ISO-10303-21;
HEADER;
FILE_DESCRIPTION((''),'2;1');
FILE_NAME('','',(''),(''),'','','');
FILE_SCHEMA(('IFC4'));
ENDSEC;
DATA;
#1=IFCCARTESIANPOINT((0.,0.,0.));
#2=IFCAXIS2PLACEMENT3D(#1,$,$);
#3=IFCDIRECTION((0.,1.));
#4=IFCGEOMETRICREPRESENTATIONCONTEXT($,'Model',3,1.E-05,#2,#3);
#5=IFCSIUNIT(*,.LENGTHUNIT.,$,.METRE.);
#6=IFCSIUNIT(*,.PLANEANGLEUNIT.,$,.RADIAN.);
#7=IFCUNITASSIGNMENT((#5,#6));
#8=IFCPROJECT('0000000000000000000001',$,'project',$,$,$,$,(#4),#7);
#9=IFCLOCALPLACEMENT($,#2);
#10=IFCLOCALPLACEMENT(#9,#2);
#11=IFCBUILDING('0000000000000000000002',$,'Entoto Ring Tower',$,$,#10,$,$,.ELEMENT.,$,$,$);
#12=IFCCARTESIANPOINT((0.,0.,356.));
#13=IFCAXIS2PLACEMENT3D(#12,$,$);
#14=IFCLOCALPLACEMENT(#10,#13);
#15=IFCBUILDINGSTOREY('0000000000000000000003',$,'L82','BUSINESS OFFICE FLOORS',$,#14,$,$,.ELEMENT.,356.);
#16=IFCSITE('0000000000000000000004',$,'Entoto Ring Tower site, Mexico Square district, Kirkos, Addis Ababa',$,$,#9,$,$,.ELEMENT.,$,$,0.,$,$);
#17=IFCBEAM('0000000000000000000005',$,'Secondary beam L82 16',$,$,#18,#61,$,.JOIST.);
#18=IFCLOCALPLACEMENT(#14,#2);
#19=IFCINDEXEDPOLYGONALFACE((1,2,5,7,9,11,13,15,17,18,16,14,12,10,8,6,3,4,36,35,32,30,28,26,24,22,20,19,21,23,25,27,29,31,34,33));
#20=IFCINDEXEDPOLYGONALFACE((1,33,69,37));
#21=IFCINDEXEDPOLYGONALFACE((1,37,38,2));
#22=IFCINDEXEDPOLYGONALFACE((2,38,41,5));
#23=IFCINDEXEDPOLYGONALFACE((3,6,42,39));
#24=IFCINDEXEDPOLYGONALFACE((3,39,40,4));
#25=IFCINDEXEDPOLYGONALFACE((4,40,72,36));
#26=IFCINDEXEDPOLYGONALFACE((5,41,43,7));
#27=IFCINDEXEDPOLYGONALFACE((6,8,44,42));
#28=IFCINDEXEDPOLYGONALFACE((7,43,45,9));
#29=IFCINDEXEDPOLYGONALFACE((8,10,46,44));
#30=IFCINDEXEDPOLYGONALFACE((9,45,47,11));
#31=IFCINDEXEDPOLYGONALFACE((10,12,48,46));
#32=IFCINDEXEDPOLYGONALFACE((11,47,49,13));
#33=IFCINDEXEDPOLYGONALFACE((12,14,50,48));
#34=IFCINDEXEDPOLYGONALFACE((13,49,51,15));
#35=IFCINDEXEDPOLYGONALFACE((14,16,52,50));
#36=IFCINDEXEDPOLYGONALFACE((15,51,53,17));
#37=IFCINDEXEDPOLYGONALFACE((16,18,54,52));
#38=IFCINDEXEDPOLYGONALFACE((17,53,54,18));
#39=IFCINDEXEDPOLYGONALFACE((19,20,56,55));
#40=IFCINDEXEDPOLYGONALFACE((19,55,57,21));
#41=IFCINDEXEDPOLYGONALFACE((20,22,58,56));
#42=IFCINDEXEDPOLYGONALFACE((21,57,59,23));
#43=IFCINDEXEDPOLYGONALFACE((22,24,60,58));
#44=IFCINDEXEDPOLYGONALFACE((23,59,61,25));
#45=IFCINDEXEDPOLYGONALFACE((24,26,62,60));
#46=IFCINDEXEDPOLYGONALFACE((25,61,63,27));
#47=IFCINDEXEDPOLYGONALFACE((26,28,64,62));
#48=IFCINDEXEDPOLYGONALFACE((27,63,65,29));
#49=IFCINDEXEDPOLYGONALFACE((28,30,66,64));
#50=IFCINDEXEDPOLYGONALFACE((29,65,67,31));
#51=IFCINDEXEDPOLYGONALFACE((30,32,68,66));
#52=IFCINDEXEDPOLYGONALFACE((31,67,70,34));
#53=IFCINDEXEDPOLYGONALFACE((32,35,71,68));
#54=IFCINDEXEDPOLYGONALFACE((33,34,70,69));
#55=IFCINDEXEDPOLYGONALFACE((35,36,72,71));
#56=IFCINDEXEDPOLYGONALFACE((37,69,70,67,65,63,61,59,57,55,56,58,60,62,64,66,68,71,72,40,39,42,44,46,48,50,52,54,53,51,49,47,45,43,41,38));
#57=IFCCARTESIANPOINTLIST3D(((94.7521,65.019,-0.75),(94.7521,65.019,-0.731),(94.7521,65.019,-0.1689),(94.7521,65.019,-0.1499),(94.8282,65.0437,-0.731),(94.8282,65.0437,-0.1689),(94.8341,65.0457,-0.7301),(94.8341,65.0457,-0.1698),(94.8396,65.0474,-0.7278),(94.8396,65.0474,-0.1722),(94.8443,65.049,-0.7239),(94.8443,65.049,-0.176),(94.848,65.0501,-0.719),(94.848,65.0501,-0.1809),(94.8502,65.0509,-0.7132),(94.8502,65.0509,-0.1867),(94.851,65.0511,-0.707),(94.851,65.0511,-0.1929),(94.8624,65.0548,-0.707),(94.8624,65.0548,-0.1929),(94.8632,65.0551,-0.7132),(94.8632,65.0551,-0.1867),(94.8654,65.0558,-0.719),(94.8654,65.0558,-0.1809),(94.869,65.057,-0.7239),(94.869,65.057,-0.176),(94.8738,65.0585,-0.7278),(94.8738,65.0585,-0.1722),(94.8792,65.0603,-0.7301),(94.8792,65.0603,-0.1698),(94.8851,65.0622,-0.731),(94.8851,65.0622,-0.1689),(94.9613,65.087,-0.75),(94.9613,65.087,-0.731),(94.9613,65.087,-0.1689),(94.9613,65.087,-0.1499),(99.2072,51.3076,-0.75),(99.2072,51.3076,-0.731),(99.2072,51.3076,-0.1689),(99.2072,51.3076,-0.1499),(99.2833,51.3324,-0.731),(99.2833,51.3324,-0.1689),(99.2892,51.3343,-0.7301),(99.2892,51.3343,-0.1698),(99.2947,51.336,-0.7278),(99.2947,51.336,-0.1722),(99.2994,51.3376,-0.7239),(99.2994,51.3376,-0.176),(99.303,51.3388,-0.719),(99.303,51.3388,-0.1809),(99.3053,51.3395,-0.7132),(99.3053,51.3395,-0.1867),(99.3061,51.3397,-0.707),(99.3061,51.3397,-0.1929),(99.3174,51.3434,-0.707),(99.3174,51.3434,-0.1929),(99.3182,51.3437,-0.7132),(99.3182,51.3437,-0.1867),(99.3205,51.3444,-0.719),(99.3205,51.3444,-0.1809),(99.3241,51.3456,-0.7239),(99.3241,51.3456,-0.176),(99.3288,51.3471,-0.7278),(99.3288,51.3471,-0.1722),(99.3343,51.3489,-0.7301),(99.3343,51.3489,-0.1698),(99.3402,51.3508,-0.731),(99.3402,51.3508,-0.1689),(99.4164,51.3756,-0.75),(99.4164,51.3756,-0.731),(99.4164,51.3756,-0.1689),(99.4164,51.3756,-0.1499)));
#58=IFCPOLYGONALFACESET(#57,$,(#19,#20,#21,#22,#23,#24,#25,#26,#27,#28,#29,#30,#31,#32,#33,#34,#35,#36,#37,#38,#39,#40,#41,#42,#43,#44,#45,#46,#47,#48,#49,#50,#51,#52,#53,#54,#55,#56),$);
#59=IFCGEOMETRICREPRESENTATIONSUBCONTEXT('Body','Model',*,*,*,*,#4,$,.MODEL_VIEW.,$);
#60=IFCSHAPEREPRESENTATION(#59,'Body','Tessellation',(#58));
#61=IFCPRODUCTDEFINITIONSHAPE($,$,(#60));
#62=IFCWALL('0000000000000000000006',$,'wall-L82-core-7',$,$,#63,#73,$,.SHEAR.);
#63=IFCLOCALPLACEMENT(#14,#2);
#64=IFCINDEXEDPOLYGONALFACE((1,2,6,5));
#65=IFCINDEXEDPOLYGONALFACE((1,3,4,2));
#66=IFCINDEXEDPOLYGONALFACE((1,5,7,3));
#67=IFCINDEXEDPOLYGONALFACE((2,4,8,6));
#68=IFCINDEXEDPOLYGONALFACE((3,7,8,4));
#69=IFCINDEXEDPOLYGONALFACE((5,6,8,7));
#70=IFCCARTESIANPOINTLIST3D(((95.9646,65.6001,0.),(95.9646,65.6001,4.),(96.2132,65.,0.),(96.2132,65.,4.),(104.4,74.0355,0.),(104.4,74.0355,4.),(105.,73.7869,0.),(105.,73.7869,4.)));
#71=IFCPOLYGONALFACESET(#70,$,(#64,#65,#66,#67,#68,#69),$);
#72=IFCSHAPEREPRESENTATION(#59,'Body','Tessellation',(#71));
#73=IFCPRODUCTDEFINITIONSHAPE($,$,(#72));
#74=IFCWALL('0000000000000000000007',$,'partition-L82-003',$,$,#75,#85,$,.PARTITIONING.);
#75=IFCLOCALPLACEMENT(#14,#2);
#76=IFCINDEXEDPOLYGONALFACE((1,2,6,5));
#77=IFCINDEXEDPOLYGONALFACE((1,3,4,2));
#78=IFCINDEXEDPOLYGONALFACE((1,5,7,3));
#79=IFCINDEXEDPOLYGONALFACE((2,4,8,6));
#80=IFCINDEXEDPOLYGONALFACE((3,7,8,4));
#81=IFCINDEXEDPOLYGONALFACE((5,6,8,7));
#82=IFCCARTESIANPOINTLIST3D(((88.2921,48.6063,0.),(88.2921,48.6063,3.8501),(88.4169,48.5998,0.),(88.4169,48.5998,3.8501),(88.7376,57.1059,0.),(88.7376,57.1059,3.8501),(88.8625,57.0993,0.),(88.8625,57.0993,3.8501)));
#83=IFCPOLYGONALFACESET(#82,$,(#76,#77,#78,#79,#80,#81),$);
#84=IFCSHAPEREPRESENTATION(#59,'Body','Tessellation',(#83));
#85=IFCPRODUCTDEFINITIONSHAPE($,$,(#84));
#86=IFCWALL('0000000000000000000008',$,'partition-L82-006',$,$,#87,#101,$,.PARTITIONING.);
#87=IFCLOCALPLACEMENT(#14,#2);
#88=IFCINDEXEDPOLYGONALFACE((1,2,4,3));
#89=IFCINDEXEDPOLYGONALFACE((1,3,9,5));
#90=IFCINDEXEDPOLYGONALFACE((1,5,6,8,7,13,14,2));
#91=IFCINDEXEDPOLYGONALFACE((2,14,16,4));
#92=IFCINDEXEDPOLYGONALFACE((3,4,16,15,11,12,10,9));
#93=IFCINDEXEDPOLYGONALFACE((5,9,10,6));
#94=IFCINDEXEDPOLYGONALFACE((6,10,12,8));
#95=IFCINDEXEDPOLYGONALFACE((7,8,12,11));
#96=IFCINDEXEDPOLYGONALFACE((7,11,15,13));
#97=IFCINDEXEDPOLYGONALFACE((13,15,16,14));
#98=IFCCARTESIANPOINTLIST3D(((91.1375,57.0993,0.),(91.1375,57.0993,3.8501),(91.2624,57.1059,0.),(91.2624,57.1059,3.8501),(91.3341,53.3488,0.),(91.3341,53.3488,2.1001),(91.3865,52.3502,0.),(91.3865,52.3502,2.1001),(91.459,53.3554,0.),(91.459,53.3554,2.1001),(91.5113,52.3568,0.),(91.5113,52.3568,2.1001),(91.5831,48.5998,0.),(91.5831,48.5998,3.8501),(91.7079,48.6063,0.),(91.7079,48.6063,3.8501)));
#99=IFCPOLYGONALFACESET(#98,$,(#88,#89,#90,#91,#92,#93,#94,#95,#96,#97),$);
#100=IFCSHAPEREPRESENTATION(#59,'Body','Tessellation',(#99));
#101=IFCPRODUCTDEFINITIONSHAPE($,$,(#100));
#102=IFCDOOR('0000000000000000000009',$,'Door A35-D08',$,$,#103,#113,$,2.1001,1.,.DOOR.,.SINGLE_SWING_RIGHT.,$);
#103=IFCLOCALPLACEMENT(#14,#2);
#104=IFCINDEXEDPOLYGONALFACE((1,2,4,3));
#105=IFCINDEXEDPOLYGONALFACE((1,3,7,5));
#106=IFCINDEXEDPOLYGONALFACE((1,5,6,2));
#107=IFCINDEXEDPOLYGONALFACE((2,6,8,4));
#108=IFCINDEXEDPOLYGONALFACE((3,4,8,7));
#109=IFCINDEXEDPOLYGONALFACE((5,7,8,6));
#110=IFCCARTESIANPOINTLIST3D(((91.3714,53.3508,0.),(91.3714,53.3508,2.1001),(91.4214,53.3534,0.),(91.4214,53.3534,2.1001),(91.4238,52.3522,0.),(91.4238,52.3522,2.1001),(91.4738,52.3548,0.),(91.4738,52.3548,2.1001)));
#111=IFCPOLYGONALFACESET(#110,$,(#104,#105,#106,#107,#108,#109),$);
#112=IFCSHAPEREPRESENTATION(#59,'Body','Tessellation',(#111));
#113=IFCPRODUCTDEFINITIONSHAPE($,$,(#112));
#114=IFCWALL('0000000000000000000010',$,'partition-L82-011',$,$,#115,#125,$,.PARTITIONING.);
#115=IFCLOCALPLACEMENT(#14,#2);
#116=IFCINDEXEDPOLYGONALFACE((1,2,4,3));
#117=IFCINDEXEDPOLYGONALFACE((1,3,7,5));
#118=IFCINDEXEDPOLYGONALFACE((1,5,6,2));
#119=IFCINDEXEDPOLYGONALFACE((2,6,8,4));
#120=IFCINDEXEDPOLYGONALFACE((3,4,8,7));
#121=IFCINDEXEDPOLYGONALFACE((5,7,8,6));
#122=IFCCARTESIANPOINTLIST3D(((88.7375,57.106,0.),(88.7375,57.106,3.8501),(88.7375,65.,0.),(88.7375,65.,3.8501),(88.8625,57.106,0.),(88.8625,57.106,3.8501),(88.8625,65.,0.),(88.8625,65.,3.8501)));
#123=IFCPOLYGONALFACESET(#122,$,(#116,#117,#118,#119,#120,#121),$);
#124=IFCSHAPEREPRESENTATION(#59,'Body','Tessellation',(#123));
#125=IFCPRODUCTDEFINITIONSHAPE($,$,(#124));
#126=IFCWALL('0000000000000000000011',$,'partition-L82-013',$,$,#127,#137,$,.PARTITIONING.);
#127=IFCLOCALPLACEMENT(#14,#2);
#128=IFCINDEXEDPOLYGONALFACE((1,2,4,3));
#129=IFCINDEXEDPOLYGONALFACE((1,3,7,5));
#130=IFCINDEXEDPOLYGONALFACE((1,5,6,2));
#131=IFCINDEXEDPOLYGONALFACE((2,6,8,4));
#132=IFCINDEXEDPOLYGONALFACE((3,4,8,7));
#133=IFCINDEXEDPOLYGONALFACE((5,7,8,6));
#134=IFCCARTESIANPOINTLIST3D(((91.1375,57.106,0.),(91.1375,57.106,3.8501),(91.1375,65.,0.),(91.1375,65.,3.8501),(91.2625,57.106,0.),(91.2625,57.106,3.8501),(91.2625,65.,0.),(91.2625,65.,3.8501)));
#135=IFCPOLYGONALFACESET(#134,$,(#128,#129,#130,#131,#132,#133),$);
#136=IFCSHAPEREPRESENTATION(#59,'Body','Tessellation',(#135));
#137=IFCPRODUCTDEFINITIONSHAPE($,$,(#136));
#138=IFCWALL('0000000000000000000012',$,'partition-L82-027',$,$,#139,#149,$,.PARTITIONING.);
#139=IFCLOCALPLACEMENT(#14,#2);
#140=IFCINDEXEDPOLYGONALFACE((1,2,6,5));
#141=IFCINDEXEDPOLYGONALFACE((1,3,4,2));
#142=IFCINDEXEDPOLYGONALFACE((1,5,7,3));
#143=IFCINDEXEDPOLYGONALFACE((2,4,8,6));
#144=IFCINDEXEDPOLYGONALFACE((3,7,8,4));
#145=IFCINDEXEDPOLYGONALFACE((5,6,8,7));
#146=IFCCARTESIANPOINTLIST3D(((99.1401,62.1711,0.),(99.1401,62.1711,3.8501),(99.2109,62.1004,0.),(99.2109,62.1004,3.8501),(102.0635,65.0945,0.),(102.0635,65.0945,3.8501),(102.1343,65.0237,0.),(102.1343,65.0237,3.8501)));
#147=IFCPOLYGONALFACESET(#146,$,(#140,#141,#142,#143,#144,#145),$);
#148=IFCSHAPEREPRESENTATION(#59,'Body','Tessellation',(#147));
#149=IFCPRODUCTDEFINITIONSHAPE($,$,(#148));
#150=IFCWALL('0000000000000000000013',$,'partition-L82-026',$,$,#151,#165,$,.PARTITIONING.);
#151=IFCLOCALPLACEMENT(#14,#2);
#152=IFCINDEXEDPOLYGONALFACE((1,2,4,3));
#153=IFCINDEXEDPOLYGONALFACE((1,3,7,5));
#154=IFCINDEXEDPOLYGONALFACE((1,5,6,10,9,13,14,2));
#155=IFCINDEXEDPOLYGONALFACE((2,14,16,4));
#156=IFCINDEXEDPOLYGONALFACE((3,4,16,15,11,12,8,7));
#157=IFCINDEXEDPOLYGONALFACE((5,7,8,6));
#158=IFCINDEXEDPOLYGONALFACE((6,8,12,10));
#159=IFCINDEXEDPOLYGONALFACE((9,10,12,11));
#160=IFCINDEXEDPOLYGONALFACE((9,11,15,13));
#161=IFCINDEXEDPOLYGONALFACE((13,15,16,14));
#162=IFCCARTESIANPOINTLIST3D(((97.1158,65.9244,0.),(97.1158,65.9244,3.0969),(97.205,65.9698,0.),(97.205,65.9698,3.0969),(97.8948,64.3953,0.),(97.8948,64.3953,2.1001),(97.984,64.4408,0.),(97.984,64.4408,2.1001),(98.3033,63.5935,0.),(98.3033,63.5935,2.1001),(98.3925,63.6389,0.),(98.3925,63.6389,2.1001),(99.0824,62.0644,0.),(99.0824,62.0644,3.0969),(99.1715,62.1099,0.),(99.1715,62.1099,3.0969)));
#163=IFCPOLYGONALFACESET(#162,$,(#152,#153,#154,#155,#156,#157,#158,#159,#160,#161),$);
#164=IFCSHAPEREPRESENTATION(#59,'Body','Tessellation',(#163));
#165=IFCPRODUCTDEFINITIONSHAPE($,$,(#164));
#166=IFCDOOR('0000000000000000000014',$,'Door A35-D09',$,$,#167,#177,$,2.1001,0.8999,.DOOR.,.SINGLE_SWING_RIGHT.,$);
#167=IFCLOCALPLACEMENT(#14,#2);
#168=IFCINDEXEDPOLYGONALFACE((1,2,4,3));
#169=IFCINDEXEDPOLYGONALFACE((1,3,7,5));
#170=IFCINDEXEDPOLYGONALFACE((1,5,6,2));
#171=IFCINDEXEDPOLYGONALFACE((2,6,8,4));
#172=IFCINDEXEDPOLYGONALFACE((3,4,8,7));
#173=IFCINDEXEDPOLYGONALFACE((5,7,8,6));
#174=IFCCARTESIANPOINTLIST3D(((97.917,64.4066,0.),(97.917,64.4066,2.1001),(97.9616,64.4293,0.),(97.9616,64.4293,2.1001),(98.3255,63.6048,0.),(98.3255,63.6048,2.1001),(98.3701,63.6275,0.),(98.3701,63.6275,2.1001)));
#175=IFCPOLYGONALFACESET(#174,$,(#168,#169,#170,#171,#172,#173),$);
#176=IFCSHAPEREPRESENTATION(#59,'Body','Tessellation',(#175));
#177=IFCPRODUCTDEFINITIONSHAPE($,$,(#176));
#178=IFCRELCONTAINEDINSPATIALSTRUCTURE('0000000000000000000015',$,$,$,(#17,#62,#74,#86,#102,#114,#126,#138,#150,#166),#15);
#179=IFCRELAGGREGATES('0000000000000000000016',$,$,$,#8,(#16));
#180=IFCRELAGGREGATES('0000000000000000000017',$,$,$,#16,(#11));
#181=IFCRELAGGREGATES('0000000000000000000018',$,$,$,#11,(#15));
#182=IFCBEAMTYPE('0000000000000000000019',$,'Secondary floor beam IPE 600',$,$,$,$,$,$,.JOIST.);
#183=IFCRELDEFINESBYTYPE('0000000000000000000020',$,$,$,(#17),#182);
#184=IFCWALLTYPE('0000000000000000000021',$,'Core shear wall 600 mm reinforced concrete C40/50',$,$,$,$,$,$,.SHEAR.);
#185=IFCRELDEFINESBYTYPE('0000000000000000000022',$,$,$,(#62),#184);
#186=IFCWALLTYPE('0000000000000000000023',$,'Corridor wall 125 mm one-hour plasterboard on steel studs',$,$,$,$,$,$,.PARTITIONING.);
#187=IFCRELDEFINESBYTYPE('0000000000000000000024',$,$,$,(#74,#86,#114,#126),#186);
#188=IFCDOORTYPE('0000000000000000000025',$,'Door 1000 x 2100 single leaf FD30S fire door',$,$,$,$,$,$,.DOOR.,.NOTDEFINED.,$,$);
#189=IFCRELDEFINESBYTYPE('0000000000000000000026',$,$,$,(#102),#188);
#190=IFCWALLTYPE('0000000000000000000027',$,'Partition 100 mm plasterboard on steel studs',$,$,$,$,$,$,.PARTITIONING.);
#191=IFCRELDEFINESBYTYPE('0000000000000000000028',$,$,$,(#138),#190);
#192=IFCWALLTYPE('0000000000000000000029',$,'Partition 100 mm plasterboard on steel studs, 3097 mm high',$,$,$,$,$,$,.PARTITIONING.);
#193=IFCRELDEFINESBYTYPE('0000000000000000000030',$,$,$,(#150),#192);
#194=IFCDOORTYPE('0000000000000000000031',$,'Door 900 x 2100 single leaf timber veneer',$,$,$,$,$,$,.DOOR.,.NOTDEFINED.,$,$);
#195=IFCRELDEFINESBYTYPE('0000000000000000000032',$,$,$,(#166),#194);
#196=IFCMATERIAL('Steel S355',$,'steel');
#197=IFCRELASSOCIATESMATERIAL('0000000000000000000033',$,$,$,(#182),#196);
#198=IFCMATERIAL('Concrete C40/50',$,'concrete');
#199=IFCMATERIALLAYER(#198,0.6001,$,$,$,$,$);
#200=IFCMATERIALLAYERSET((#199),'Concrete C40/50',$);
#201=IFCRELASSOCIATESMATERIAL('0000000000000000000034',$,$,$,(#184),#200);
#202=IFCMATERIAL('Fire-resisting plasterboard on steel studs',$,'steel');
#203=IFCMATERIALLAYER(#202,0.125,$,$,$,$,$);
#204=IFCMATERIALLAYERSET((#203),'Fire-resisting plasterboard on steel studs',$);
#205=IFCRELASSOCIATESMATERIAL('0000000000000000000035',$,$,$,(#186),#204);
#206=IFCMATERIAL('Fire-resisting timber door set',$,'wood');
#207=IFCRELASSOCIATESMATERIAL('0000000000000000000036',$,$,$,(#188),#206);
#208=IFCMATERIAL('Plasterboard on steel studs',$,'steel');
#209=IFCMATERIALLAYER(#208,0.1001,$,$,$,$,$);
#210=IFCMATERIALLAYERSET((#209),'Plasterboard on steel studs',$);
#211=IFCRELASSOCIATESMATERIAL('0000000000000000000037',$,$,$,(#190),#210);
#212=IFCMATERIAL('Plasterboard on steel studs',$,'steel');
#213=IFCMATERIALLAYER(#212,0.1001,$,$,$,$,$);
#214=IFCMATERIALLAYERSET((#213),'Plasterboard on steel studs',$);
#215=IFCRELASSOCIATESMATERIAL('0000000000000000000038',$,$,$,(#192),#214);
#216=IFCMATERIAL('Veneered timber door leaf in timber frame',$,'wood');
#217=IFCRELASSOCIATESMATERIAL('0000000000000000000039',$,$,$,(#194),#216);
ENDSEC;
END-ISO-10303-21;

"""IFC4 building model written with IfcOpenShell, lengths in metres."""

from ifc_helpers import new_model, si_unit, direction, frame, frame_2d, origin, origin_2d, place, context, subcontext, project, spatial, polyline, rectangle, i_section, outline, extrude, material, layer, layer_set, material_profile, profile_set, type_object, element, fill, save


model = new_model("IFC4")

# Units and contexts
model_context = context("Model", 3, precision=1e-05, world=origin(), true_north=direction((0.0, 1.0)))
body_context = subcontext(model_context, "Body", "Model", "MODEL_VIEW")
ifc_project = project(units=[si_unit("LENGTHUNIT", "METRE"), si_unit("PLANEANGLEUNIT", "RADIAN")], contexts=[model_context])

# Site, building, storey
site_placement = place(None, origin())
site = spatial("IfcSite", under=ifc_project, at=site_placement, Name="Entoto Ring Tower site, Mexico Square district, Kirkos, Addis Ababa", CompositionType="ELEMENT", RefElevation=0.0)
building_placement = place(site_placement, origin())
building = spatial("IfcBuilding", under=site, at=building_placement, Name="Entoto Ring Tower", CompositionType="ELEMENT")
storey_placement = place(building_placement, frame((0.0, 0.0, 356.0)))
storey = spatial("IfcBuildingStorey", under=building, at=storey_placement, Name="L82", Description="BUSINESS OFFICE FLOORS", CompositionType="ELEMENT", Elevation=356.0)

# Beam
ifc_material_1 = material(Name="Steel S355", Category="steel")
ifc_material_profile_1 = material_profile(ifc_material_1, i_section(OverallWidth=0.22, OverallDepth=0.6001, WebThickness=0.012, FlangeThickness=0.019, FilletRadius=0.0239, at=origin_2d()), Name="IPE 600")
ifc_profile_set_1 = profile_set([ifc_material_profile_1], Name="Steel S355")
beam_type_1 = type_object("IfcBeamType", Name="Secondary floor beam IPE 600", PredefinedType="JOIST", material=ifc_profile_set_1)
beam_1_placement = place(storey_placement, frame((94.8567, 65.053, -0.45), z_axis=(0.309015, -0.951057, 0.0), x_axis=(0.951057, 0.309015, 0.0)))
element("IfcBeam", 1, at=beam_1_placement, inside=storey, type_object=beam_type_1, Name="Secondary beam L82 16", PredefinedType="JOIST", context=body_context, shape_type="SweptSolid", body=[
    extrude(i_section(OverallWidth=0.22, OverallDepth=0.6001, WebThickness=0.012, FlangeThickness=0.019, FilletRadius=0.0239, at=origin_2d()), origin(), (0.0, 0.0, 1.0), 14.417),
])

# Walls
ifc_material_2 = material(Name="Concrete C40/50", Category="concrete")
ifc_layer_1 = layer(ifc_material_2, 0.6001)
ifc_layer_set_1 = layer_set([ifc_layer_1], Name="Concrete C40/50")
wall_type_1 = type_object("IfcWallType", Name="Core shear wall 600 mm reinforced concrete C40/50", PredefinedType="SHEAR", material=ifc_layer_set_1)
wall_1_placement = place(storey_placement, frame((96.0889, 65.3, 0.0), z_axis=(0.0, 0.0, 1.0), x_axis=(0.707107, 0.707107, 0.0)))
element("IfcWall", 2, at=wall_1_placement, inside=storey, type_object=wall_type_1, Name="wall-L82-core-7", PredefinedType="SHEAR", context=body_context, shape_type="SweptSolid", body=[
    extrude(outline(polyline([(-0.1243, -0.3), (12.3022, -0.3), (12.0537, 0.3), (0.1243, 0.3), (-0.1243, -0.3)])), origin(), (0.0, 0.0, 1.0), 4.0),
])
ifc_material_3 = material(Name="Fire-resisting plasterboard on steel studs", Category="steel")
ifc_layer_2 = layer(ifc_material_3, 0.125)
ifc_layer_set_2 = layer_set([ifc_layer_2], Name="Fire-resisting plasterboard on steel studs")
wall_type_2 = type_object("IfcWallType", Name="Corridor wall 125 mm one-hour plasterboard on steel studs", PredefinedType="PARTITIONING", material=ifc_layer_set_2)
wall_2_placement = place(storey_placement, frame((88.3545, 48.603, 0.0), z_axis=(0.0, 0.0, 1.0), x_axis=(0.05235, 0.998629, 0.0)))
element("IfcWall", 3, at=wall_2_placement, inside=storey, type_object=wall_type_2, Name="partition-L82-003", PredefinedType="PARTITIONING", context=body_context, shape_type="SweptSolid", body=[
    extrude(rectangle(XDim=8.5112, YDim=0.125, at=frame_2d((4.2556, 0.0))), origin(), (0.0, 0.0, 1.0), 3.8501),
])

# Wall, opening, door
wall_3_placement = place(storey_placement, frame((91.6455, 48.603, 0.0), z_axis=(0.0, 0.0, 1.0), x_axis=(-0.05235, 0.998629, 0.0)))
wall_3 = element("IfcWall", 4, at=wall_3_placement, inside=storey, type_object=wall_type_2, Name="partition-L82-006", PredefinedType="PARTITIONING", context=body_context, shape_type="SweptSolid", body=[
    extrude(rectangle(XDim=8.5112, YDim=0.125, at=frame_2d((4.2556, 0.0))), origin(), (0.0, 0.0, 1.0), 3.8501),
])
opening_1_placement = place(wall_3_placement, frame((3.7556, 0.0, 0.0)))
opening_1 = element("IfcOpeningElement", 5, at=opening_1_placement, cuts=wall_3, PredefinedType="OPENING", context=body_context, shape_type="SweptSolid", body=[
    extrude(rectangle(XDim=1.0, YDim=2.1001, at=frame_2d((0.5, 1.05))), frame((0.0, 0.0725, 0.0), z_axis=(0.0, -1.0, 0.0), x_axis=(1.0, 0.0, 0.0)), (0.0, 0.0, 1.0), 0.145),
])
ifc_material_4 = material(Name="Fire-resisting timber door set", Category="wood")
door_type_1 = type_object("IfcDoorType", Name="Door 1000 x 2100 single leaf FD30S fire door", OperationType="NOTDEFINED", PredefinedType="DOOR", material=ifc_material_4)
door_1_placement = place(opening_1_placement, frame((1.0, 0.0, 0.0), z_axis=(0.0, 0.0, 1.0), x_axis=(-1.0, 0.0, 0.0)))
door_1 = element("IfcDoor", 6, at=door_1_placement, inside=storey, type_object=door_type_1, Name="Door A35-D08", OperationType="SINGLE_SWING_RIGHT", OverallHeight=2.1001, OverallWidth=1.0, PredefinedType="DOOR", context=body_context, shape_type="SweptSolid", body=[
    extrude(rectangle(XDim=1.0, YDim=2.1001, at=frame_2d((0.5, 1.05))), frame((0.0, 0.0249, 0.0), z_axis=(0.0, -1.0, 0.0), x_axis=(1.0, 0.0, 0.0)), (0.0, 0.0, 1.0), 0.05),
])
fill(opening_1, door_1)

# Walls
for number, where, z_axis, x_axis, name in (
    (7, (88.8, 57.106, 0.0), (0.0, 0.0, 1.0), (0.0, 1.0, 0.0), "partition-L82-011"),
    (8, (91.2, 57.106, 0.0), (0.0, 0.0, 1.0), (0.0, 1.0, 0.0), "partition-L82-013"),
):
    element("IfcWall", number, at=place(storey_placement, frame(where, z_axis=z_axis, x_axis=x_axis)), inside=storey, type_object=wall_type_2, Name=name, PredefinedType="PARTITIONING", context=body_context, shape_type="SweptSolid", body=[
        extrude(rectangle(XDim=7.894, YDim=0.125, at=frame_2d((3.947, 0.0))), origin(), (0.0, 0.0, 1.0), 3.8501),
    ])
ifc_material_5 = material(Name="Plasterboard on steel studs", Category="steel")
ifc_layer_3 = layer(ifc_material_5, 0.1001)
ifc_layer_set_3 = layer_set([ifc_layer_3], Name="Plasterboard on steel studs")
wall_type_3 = type_object("IfcWallType", Name="Partition 100 mm plasterboard on steel studs", PredefinedType="PARTITIONING", material=ifc_layer_set_3)
wall_4_placement = place(storey_placement, frame((99.1755, 62.1357, 0.0), z_axis=(0.0, 0.0, 1.0), x_axis=(0.707107, 0.707107, 0.0)))
element("IfcWall", 9, at=wall_4_placement, inside=storey, type_object=wall_type_3, Name="partition-L82-027", PredefinedType="PARTITIONING", context=body_context, shape_type="SweptSolid", body=[
    extrude(rectangle(XDim=4.1343, YDim=0.1001, at=frame_2d((2.0671, 0.0))), origin(), (0.0, 0.0, 1.0), 3.8501),
])

# Wall, opening, door
ifc_material_6 = material(Name="Plasterboard on steel studs", Category="steel")
ifc_layer_4 = layer(ifc_material_6, 0.1001)
ifc_layer_set_4 = layer_set([ifc_layer_4], Name="Plasterboard on steel studs")
wall_type_4 = type_object("IfcWallType", Name="Partition 100 mm plasterboard on steel studs, 3097 mm high", PredefinedType="PARTITIONING", material=ifc_layer_set_4)
wall_5_placement = place(storey_placement, frame((99.127, 62.0872, 0.0), z_axis=(0.0, 0.0, 1.0), x_axis=(-0.453964, 0.89102, 0.0)))
wall_5 = element("IfcWall", 10, at=wall_5_placement, inside=storey, type_object=wall_type_4, Name="partition-L82-026", PredefinedType="PARTITIONING", context=body_context, shape_type="SweptSolid", body=[
    extrude(rectangle(XDim=4.332, YDim=0.1001, at=frame_2d((2.166, 0.0))), origin(), (0.0, 0.0, 1.0), 3.0969),
])
opening_2_placement = place(wall_5_placement, frame((1.7161, 0.0, 0.0)))
opening_2 = element("IfcOpeningElement", 11, at=opening_2_placement, cuts=wall_5, PredefinedType="OPENING", context=body_context, shape_type="SweptSolid", body=[
    extrude(rectangle(XDim=0.8999, YDim=2.1001, at=frame_2d((0.45, 1.05))), frame((0.0, 0.0601, 0.0), z_axis=(0.0, -1.0, 0.0), x_axis=(1.0, 0.0, 0.0)), (0.0, 0.0, 1.0), 0.1201),
])
ifc_material_7 = material(Name="Veneered timber door leaf in timber frame", Category="wood")
door_type_2 = type_object("IfcDoorType", Name="Door 900 x 2100 single leaf timber veneer", OperationType="NOTDEFINED", PredefinedType="DOOR", material=ifc_material_7)
door_2_placement = place(opening_2_placement, frame((0.8999, 0.0, 0.0), z_axis=(0.0, 0.0, 1.0), x_axis=(-1.0, 0.0, 0.0)))
door_2 = element("IfcDoor", 12, at=door_2_placement, inside=storey, type_object=door_type_2, Name="Door A35-D09", OperationType="SINGLE_SWING_RIGHT", OverallHeight=2.1001, OverallWidth=0.8999, PredefinedType="DOOR", context=body_context, shape_type="SweptSolid", body=[
    extrude(rectangle(XDim=0.8999, YDim=2.1001, at=frame_2d((0.45, 1.05))), frame((0.0, 0.0249, 0.0), z_axis=(0.0, -1.0, 0.0), x_axis=(1.0, 0.0, 0.0)), (0.0, 0.0, 1.0), 0.05),
])
fill(opening_2, door_2)

save(model, "model.ifc")
